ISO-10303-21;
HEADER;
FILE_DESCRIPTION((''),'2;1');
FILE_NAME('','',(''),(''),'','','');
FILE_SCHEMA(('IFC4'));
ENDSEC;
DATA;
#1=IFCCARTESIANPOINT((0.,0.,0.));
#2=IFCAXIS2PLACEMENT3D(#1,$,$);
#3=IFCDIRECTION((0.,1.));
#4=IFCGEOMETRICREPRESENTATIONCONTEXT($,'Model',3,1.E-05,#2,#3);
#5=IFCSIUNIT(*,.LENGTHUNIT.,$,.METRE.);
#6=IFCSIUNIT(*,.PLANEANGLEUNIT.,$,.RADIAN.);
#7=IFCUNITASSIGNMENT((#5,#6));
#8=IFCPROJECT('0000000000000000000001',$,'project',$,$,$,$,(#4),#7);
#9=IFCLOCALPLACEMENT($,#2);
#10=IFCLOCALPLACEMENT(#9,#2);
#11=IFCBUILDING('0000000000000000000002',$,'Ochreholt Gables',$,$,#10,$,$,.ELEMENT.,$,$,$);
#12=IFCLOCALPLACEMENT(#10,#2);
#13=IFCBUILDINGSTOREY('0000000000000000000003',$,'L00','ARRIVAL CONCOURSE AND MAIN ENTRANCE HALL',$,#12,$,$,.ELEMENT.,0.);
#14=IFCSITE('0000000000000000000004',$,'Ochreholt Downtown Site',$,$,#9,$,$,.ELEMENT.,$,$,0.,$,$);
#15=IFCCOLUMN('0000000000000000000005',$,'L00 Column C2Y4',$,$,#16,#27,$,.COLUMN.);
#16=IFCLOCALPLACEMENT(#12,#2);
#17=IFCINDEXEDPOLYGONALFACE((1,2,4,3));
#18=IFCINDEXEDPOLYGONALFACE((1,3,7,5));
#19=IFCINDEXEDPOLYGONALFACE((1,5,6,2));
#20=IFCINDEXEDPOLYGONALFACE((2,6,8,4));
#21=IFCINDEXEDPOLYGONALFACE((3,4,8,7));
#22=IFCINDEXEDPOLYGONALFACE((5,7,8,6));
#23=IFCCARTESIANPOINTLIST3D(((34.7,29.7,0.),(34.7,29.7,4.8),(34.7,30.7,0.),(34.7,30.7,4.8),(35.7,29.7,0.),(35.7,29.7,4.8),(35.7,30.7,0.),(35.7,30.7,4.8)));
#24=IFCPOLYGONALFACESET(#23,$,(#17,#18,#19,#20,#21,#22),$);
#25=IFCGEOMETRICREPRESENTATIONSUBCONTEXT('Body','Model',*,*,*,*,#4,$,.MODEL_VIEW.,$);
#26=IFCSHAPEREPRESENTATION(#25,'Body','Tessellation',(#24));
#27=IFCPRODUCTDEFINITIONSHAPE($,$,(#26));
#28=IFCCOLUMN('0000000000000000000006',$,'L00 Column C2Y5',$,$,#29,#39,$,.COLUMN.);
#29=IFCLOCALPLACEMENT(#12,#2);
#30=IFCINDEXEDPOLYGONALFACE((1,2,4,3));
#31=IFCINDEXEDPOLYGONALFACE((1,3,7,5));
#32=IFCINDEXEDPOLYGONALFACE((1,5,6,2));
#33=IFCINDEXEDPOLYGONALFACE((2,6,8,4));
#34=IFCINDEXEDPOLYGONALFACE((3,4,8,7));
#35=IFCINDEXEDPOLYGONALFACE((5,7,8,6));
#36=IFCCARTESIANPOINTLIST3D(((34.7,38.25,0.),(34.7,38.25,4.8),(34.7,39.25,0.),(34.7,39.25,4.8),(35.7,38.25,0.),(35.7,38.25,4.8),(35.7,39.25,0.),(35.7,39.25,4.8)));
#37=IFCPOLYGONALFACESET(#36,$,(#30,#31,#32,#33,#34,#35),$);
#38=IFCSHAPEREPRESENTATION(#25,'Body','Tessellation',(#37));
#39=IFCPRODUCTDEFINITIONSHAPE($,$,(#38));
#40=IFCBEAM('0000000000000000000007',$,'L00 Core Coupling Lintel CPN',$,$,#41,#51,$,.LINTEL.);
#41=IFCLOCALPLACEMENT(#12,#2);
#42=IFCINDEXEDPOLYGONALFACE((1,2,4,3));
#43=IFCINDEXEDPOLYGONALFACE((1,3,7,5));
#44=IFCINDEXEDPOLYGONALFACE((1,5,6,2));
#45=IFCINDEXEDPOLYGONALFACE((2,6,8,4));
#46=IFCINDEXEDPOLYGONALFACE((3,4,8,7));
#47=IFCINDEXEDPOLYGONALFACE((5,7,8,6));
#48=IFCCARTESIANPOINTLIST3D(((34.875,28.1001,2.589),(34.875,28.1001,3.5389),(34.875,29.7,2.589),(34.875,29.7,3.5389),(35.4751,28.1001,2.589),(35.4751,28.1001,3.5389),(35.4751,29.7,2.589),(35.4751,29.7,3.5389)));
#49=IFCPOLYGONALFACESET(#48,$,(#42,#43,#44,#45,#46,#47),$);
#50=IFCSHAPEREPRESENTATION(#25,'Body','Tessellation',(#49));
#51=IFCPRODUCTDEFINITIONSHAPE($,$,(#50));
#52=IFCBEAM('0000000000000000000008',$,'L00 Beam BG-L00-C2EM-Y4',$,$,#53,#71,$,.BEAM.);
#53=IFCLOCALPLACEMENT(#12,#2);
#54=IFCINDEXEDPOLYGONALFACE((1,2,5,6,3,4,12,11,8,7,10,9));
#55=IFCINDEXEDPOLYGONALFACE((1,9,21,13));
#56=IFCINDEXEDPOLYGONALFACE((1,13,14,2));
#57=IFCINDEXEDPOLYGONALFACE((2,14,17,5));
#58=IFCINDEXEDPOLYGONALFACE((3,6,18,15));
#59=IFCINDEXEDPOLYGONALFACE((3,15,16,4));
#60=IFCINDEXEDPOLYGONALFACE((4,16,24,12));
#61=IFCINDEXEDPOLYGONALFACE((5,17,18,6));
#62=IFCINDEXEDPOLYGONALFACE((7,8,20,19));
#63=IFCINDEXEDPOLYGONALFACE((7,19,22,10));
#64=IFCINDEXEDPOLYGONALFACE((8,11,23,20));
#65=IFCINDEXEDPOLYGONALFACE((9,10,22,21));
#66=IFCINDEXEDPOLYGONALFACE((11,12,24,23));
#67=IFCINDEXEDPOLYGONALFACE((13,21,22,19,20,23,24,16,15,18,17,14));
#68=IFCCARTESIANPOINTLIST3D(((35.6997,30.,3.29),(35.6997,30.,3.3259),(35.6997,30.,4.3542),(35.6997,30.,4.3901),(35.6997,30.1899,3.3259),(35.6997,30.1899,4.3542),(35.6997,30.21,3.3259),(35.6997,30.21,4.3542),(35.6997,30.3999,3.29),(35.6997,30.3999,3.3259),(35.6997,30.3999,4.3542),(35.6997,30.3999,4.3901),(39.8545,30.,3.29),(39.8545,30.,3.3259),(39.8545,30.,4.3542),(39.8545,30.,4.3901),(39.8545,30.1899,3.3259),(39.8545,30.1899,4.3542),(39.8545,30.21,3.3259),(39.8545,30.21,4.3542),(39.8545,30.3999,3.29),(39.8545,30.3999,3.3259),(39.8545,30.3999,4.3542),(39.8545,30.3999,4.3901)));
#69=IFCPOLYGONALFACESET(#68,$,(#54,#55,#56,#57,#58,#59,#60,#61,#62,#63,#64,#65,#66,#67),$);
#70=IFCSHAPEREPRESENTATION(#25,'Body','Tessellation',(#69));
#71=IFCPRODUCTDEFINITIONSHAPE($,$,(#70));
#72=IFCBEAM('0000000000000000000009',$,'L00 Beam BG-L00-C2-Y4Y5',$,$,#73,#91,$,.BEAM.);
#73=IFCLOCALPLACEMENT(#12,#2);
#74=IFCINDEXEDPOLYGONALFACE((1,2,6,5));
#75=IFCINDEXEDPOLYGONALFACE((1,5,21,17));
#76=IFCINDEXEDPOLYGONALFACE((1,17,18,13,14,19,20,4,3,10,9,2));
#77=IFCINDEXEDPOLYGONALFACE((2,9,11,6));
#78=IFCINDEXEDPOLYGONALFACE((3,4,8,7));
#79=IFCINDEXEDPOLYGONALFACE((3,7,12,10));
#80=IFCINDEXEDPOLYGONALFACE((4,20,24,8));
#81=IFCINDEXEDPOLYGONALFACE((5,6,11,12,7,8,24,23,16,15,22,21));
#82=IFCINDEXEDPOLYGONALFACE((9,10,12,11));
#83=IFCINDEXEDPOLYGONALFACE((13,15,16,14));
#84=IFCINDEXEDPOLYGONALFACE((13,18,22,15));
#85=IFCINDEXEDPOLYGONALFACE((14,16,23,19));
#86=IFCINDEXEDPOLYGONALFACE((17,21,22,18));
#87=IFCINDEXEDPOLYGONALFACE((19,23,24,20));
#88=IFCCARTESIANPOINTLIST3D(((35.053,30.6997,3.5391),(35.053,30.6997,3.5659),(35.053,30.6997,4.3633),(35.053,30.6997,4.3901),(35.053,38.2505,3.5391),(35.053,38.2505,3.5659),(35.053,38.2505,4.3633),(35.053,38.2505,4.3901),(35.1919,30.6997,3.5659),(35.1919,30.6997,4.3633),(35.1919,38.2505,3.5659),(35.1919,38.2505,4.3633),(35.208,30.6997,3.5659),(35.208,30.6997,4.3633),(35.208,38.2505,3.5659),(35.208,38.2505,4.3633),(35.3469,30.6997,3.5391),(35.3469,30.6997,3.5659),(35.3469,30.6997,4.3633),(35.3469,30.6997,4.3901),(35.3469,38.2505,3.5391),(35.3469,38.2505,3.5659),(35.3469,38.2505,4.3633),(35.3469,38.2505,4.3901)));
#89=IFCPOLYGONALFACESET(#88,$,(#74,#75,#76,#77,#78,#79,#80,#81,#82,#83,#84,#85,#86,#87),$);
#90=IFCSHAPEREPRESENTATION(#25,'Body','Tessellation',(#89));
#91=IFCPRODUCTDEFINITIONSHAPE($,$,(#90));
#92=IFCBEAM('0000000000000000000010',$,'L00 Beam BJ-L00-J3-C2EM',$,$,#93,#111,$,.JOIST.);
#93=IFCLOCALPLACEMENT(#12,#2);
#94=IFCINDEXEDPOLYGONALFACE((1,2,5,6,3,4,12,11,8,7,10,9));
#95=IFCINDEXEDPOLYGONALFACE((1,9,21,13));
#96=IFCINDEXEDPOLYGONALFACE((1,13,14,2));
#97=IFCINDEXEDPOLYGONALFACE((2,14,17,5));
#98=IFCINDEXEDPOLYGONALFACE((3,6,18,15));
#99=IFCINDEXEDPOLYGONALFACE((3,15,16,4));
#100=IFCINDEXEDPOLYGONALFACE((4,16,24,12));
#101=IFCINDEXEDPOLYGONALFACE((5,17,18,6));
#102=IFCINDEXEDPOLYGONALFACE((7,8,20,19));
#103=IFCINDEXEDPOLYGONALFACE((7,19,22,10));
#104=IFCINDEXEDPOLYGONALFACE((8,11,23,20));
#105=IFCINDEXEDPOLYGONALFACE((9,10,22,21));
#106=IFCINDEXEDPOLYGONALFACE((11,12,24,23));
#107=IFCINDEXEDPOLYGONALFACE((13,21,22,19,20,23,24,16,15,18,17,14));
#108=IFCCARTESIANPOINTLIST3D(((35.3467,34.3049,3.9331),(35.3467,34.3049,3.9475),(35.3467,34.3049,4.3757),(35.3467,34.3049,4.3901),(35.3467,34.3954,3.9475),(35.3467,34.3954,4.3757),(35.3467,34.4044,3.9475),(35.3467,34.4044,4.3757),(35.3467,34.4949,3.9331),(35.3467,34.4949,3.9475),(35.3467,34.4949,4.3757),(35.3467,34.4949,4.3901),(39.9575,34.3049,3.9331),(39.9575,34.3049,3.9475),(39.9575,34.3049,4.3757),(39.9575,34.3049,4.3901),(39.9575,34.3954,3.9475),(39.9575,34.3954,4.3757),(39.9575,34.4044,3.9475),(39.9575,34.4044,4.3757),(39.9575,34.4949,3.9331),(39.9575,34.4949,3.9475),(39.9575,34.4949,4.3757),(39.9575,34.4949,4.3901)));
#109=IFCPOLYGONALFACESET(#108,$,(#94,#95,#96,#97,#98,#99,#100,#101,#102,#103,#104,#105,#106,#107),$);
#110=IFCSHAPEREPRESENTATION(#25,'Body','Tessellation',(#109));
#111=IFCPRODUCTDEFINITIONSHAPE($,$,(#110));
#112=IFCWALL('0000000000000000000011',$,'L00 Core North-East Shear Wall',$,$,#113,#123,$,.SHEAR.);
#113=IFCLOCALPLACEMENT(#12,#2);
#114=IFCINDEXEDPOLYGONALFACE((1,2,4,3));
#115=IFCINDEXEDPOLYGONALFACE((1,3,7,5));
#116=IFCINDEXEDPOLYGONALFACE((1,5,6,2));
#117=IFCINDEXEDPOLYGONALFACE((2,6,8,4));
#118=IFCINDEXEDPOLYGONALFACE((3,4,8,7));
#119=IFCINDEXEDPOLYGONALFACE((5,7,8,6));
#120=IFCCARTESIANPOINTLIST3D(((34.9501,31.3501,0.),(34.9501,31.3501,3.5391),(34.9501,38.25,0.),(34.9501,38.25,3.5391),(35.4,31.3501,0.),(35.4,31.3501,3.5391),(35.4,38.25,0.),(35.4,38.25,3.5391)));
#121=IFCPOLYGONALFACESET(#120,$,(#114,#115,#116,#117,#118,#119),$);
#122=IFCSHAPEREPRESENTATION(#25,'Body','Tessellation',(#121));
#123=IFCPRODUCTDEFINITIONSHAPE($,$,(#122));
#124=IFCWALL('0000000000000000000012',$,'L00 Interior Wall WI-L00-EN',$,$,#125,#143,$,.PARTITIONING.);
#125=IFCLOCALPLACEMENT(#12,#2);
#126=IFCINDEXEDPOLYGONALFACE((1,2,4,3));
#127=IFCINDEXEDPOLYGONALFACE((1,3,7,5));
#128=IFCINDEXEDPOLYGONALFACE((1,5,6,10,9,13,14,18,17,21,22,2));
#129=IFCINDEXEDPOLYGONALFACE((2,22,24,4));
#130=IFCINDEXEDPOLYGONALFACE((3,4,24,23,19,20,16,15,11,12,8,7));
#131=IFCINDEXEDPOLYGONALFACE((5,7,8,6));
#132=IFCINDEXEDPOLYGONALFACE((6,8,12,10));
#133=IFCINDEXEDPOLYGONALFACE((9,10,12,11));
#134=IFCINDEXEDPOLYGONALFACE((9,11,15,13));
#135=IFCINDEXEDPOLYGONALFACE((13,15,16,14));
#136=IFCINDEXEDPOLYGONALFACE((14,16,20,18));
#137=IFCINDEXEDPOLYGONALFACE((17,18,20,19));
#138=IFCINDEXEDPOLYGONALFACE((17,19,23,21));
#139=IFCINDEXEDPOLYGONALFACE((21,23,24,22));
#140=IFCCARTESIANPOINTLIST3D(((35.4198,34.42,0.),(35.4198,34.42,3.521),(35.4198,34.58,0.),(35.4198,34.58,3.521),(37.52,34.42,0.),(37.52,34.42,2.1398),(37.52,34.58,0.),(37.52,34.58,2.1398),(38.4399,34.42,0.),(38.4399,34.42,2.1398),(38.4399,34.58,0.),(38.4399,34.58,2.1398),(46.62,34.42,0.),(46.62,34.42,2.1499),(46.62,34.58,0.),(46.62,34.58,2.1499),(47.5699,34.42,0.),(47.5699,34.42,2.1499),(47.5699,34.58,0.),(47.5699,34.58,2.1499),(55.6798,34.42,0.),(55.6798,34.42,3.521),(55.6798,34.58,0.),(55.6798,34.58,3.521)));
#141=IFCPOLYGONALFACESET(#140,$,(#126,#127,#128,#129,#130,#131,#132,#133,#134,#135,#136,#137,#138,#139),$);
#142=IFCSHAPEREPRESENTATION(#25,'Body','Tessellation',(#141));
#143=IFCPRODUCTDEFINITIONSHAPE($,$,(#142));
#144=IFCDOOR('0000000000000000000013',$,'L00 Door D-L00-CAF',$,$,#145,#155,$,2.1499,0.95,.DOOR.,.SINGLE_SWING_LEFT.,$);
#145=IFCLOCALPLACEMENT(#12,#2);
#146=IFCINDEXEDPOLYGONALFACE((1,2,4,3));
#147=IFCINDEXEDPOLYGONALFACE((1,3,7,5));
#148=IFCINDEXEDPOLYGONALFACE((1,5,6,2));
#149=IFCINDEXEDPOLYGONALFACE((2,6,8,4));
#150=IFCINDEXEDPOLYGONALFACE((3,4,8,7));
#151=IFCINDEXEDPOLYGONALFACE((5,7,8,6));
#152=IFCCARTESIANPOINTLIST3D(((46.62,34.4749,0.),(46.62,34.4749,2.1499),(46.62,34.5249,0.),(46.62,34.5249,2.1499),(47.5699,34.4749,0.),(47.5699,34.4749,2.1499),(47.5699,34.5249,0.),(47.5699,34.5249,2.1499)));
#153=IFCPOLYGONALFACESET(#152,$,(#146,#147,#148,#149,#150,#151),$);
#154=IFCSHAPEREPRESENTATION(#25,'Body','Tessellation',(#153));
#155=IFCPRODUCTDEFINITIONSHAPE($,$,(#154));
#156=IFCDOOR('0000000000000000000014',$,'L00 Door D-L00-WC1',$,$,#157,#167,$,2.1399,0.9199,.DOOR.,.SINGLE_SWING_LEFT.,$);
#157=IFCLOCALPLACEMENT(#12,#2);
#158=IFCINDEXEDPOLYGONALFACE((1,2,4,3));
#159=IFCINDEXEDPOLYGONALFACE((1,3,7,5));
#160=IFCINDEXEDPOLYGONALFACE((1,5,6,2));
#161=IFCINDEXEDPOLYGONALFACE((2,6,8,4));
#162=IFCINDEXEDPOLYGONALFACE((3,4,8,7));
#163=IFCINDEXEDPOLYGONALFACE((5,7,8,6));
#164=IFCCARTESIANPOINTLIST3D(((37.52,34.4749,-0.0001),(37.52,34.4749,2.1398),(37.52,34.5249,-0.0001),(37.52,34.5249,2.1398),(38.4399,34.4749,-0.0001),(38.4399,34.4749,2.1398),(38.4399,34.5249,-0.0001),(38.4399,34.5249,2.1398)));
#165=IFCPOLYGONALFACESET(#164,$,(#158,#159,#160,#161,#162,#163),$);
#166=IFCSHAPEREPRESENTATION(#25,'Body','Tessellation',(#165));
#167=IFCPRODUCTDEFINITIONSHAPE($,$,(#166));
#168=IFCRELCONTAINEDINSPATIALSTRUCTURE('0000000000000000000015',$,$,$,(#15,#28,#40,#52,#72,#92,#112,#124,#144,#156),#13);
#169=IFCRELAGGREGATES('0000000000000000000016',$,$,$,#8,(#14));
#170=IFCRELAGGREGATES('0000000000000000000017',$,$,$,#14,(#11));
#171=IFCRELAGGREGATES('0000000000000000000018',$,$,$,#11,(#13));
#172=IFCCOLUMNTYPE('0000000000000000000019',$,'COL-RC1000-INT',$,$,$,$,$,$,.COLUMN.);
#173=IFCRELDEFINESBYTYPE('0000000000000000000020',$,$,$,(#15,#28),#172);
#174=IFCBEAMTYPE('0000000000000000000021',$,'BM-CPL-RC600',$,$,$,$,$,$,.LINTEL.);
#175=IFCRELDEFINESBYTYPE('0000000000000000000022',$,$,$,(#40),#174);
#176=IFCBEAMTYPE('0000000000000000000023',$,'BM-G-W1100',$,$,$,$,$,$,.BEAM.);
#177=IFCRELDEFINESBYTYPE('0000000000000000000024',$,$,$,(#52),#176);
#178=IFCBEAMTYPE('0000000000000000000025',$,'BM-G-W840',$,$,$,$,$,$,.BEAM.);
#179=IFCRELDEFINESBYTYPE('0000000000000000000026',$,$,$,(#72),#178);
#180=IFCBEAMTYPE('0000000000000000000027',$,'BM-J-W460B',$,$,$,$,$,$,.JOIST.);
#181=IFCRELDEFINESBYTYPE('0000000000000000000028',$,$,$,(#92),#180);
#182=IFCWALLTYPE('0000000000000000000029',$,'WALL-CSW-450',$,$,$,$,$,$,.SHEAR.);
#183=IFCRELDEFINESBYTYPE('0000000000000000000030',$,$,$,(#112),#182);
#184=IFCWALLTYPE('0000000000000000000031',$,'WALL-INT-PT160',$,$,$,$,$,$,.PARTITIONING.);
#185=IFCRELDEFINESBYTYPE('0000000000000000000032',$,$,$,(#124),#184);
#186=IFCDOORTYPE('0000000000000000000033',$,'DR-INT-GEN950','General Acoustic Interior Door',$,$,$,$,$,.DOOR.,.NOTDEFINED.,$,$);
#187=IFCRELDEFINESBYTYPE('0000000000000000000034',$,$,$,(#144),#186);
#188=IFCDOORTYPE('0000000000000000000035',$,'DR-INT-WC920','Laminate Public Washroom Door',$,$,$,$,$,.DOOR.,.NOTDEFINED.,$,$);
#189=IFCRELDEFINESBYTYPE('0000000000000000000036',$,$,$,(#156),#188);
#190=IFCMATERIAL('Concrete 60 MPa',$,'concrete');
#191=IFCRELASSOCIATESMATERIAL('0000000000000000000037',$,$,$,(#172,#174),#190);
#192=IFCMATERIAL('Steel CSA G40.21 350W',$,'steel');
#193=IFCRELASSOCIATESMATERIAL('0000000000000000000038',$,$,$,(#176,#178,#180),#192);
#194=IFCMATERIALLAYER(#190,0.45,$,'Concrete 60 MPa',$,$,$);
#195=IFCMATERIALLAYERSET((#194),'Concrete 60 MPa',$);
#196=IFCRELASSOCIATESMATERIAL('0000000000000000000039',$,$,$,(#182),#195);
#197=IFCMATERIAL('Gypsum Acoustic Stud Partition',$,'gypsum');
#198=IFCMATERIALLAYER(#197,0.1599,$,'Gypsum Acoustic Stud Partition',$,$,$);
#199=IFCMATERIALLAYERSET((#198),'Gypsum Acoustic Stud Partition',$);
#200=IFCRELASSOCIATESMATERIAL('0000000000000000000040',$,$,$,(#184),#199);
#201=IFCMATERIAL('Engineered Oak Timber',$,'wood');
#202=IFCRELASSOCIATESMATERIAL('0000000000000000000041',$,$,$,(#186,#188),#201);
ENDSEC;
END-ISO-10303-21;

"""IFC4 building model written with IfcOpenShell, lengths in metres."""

from ifc_helpers import new_model, si_unit, direction, frame, frame_2d, origin, origin_2d, place, context, subcontext, project, spatial, rectangle, i_section, extrude, material, layer, layer_set, material_profile, profile_set, type_object, element, fill, save


model = new_model("IFC4")

# Units and contexts
model_context = context("Model", 3, precision=1e-05, world=origin(), true_north=direction((0.0, 1.0)))
body_context = subcontext(model_context, "Body", "Model", "MODEL_VIEW")
ifc_project = project(units=[si_unit("LENGTHUNIT", "METRE"), si_unit("PLANEANGLEUNIT", "RADIAN")], contexts=[model_context])

# Site, building, storey
site_placement = place(None, origin())
site = spatial("IfcSite", under=ifc_project, at=site_placement, Name="Ochreholt Downtown Site", CompositionType="ELEMENT", RefElevation=0.0)
building_placement = place(site_placement, origin())
building = spatial("IfcBuilding", under=site, at=building_placement, Name="Ochreholt Gables", CompositionType="ELEMENT")
storey_placement = place(building_placement, origin())
storey = spatial("IfcBuildingStorey", under=building, at=storey_placement, Name="L00", Description="ARRIVAL CONCOURSE AND MAIN ENTRANCE HALL", CompositionType="ELEMENT", Elevation=0.0)

# Columns
ifc_material_1 = material(Name="Concrete 60 MPa", Category="concrete")
ifc_material_profile_1 = material_profile(ifc_material_1, rectangle(XDim=1.0, YDim=1.0, at=origin_2d()), Name="RC1000X1000")
ifc_profile_set_1 = profile_set([ifc_material_profile_1], Name="Concrete 60 MPa")
column_type = type_object("IfcColumnType", Name="COL-RC1000-INT", PredefinedType="COLUMN", material=ifc_profile_set_1)
for number, where, z_axis, x_axis, name in (
    (1, (35.2, 30.2, 0.0), (0.0, 0.0, 1.0), (1.0, 0.0, 0.0), "L00 Column C2Y4"),
    (2, (35.2, 38.75, 0.0), (0.0, 0.0, 1.0), (1.0, 0.0, 0.0), "L00 Column C2Y5"),
):
    element("IfcColumn", number, at=place(storey_placement, frame(where, z_axis=z_axis, x_axis=x_axis)), inside=storey, type_object=column_type, Name=name, PredefinedType="COLUMN", context=body_context, shape_type="SweptSolid", body=[
        extrude(rectangle(XDim=1.0, YDim=1.0, at=origin_2d()), origin(), (0.0, 0.0, 1.0), 4.8),
    ])

# Beams
ifc_material_profile_2 = material_profile(ifc_material_1, rectangle(XDim=0.6001, YDim=0.95, at=origin_2d()), Name="RCB600X950")
ifc_profile_set_2 = profile_set([ifc_material_profile_2], Name="Concrete 60 MPa")
beam_type_1 = type_object("IfcBeamType", Name="BM-CPL-RC600", PredefinedType="LINTEL", material=ifc_profile_set_2)
beam_1_placement = place(storey_placement, frame((35.175, 28.1001, 3.064), z_axis=(0.0, 1.0, 0.0), x_axis=(-1.0, 0.0, 0.0)))
element("IfcBeam", 3, at=beam_1_placement, inside=storey, type_object=beam_type_1, Name="L00 Core Coupling Lintel CPN", PredefinedType="LINTEL", context=body_context, shape_type="SweptSolid", body=[
    extrude(rectangle(XDim=0.6001, YDim=0.95, at=origin_2d()), origin(), (0.0, 0.0, 1.0), 1.5999),
])
ifc_material_2 = material(Name="Steel CSA G40.21 350W", Category="steel")
ifc_material_profile_3 = material_profile(ifc_material_2, i_section(OverallWidth=0.3999, OverallDepth=1.1001, WebThickness=0.02, FlangeThickness=0.0359, at=origin_2d()), Name="W1100X390")
ifc_profile_set_3 = profile_set([ifc_material_profile_3], Name="Steel CSA G40.21 350W")
beam_type_2 = type_object("IfcBeamType", Name="BM-G-W1100", PredefinedType="BEAM", material=ifc_profile_set_3)
beam_2_placement = place(storey_placement, frame((35.6997, 30.2, 3.8401), z_axis=(1.0, 0.0, 0.0), x_axis=(0.0, 1.0, 0.0)))
element("IfcBeam", 4, at=beam_2_placement, inside=storey, type_object=beam_type_2, Name="L00 Beam BG-L00-C2EM-Y4", PredefinedType="BEAM", context=body_context, shape_type="SweptSolid", body=[
    extrude(i_section(OverallWidth=0.3999, OverallDepth=1.1001, WebThickness=0.02, FlangeThickness=0.0359, at=origin_2d()), origin(), (0.0, 0.0, 1.0), 4.1548),
])
ifc_material_profile_4 = material_profile(ifc_material_2, i_section(OverallWidth=0.2939, OverallDepth=0.8511, WebThickness=0.0161, FlangeThickness=0.0269, at=origin_2d()), Name="W840X226")
ifc_profile_set_4 = profile_set([ifc_material_profile_4], Name="Steel CSA G40.21 350W")
beam_type_3 = type_object("IfcBeamType", Name="BM-G-W840", PredefinedType="BEAM", material=ifc_profile_set_4)
beam_3_placement = place(storey_placement, frame((35.2, 30.6997, 3.9646), z_axis=(0.0, 1.0, 0.0), x_axis=(-1.0, 0.0, 0.0)))
element("IfcBeam", 5, at=beam_3_placement, inside=storey, type_object=beam_type_3, Name="L00 Beam BG-L00-C2-Y4Y5", PredefinedType="BEAM", context=body_context, shape_type="SweptSolid", body=[
    extrude(i_section(OverallWidth=0.2939, OverallDepth=0.8511, WebThickness=0.0161, FlangeThickness=0.0269, at=origin_2d()), origin(), (0.0, 0.0, 1.0), 7.5508),
])
ifc_material_profile_5 = material_profile(ifc_material_2, i_section(OverallWidth=0.1899, OverallDepth=0.457, WebThickness=0.009, FlangeThickness=0.0144, at=origin_2d()), Name="W460X74")
ifc_profile_set_5 = profile_set([ifc_material_profile_5], Name="Steel CSA G40.21 350W")
beam_type_4 = type_object("IfcBeamType", Name="BM-J-W460B", PredefinedType="JOIST", material=ifc_profile_set_5)
beam_4_placement = place(storey_placement, frame((35.3467, 34.3999, 4.1616), z_axis=(1.0, 0.0, 0.0), x_axis=(0.0, 1.0, 0.0)))
element("IfcBeam", 6, at=beam_4_placement, inside=storey, type_object=beam_type_4, Name="L00 Beam BJ-L00-J3-C2EM", PredefinedType="JOIST", context=body_context, shape_type="SweptSolid", body=[
    extrude(i_section(OverallWidth=0.1899, OverallDepth=0.457, WebThickness=0.009, FlangeThickness=0.0144, at=origin_2d()), origin(), (0.0, 0.0, 1.0), 4.6108),
])

# Wall
ifc_layer_1 = layer(ifc_material_1, 0.45, Name="Concrete 60 MPa")
ifc_layer_set_1 = layer_set([ifc_layer_1], Name="Concrete 60 MPa")
wall_type_1 = type_object("IfcWallType", Name="WALL-CSW-450", PredefinedType="SHEAR", material=ifc_layer_set_1)
wall_1_placement = place(storey_placement, frame((35.175, 31.3501, 0.0), z_axis=(0.0, 0.0, 1.0), x_axis=(0.0, 1.0, 0.0)))
element("IfcWall", 7, at=wall_1_placement, inside=storey, type_object=wall_type_1, Name="L00 Core North-East Shear Wall", PredefinedType="SHEAR", context=body_context, shape_type="SweptSolid", body=[
    extrude(rectangle(XDim=6.8999, YDim=0.45, at=frame_2d((3.45, 0.0))), origin(), (0.0, 0.0, 1.0), 3.5391),
])

# Wall, openings, doors
ifc_material_3 = material(Name="Gypsum Acoustic Stud Partition", Category="gypsum")
ifc_layer_2 = layer(ifc_material_3, 0.1599, Name="Gypsum Acoustic Stud Partition")
ifc_layer_set_2 = layer_set([ifc_layer_2], Name="Gypsum Acoustic Stud Partition")
wall_type_2 = type_object("IfcWallType", Name="WALL-INT-PT160", PredefinedType="PARTITIONING", material=ifc_layer_set_2)
wall_2_placement = place(storey_placement, frame((35.4199, 34.5, 0.0), z_axis=(0.0, 0.0, 1.0), x_axis=(1.0, 0.0, 0.0)))
wall_2 = element("IfcWall", 8, at=wall_2_placement, inside=storey, type_object=wall_type_2, Name="L00 Interior Wall WI-L00-EN", PredefinedType="PARTITIONING", context=body_context, shape_type="SweptSolid", body=[
    extrude(rectangle(XDim=20.26, YDim=0.1599, at=frame_2d((10.1299, 0.0))), origin(), (0.0, 0.0, 1.0), 3.521),
])
opening_1_placement = place(wall_2_placement, frame((2.1001, 0.0, 0.0)))
opening_1 = element("IfcOpeningElement", 9, at=opening_1_placement, cuts=wall_2, PredefinedType="OPENING", context=body_context, shape_type="SweptSolid", body=[
    extrude(rectangle(XDim=0.9199, YDim=2.1399, at=frame_2d((0.46, 1.0698))), frame((0.0, 0.0898, 0.0), z_axis=(0.0, -1.0, 0.0), x_axis=(1.0, 0.0, 0.0)), (0.0, 0.0, 1.0), 0.1799),
])
opening_2_placement = place(wall_2_placement, frame((11.2, 0.0, 0.0)))
opening_2 = element("IfcOpeningElement", 10, at=opening_2_placement, cuts=wall_2, PredefinedType="OPENING", context=body_context, shape_type="SweptSolid", body=[
    extrude(rectangle(XDim=0.95, YDim=2.1499, at=frame_2d((0.4751, 1.075))), frame((0.0, 0.0898, 0.0), z_axis=(0.0, -1.0, 0.0), x_axis=(1.0, 0.0, 0.0)), (0.0, 0.0, 1.0), 0.1799),
])
ifc_material_4 = material(Name="Engineered Oak Timber", Category="wood")
door_type_1 = type_object("IfcDoorType", Name="DR-INT-GEN950", Description="General Acoustic Interior Door", OperationType="NOTDEFINED", PredefinedType="DOOR", material=ifc_material_4)
door_1_placement = place(opening_2_placement, origin())
door_1 = element("IfcDoor", 11, at=door_1_placement, inside=storey, type_object=door_type_1, Name="L00 Door D-L00-CAF", OperationType="SINGLE_SWING_LEFT", OverallHeight=2.1499, OverallWidth=0.95, PredefinedType="DOOR", context=body_context, shape_type="SweptSolid", body=[
    extrude(rectangle(XDim=0.95, YDim=2.1499, at=frame_2d((0.4751, 1.075))), frame((0.0, 0.0249, 0.0), z_axis=(0.0, -1.0, 0.0), x_axis=(1.0, 0.0, 0.0)), (0.0, 0.0, 1.0), 0.05),
])
fill(opening_2, door_1)
door_type_2 = type_object("IfcDoorType", Name="DR-INT-WC920", Description="Laminate Public Washroom Door", OperationType="NOTDEFINED", PredefinedType="DOOR", material=ifc_material_4)
door_2_placement = place(opening_1_placement, origin())
door_2 = element("IfcDoor", 12, at=door_2_placement, inside=storey, type_object=door_type_2, Name="L00 Door D-L00-WC1", OperationType="SINGLE_SWING_LEFT", OverallHeight=2.1399, OverallWidth=0.9199, PredefinedType="DOOR", context=body_context, shape_type="SweptSolid", body=[
    extrude(rectangle(XDim=0.9199, YDim=2.1399, at=frame_2d((0.46, 1.0698))), frame((0.0, 0.0249, 0.0), z_axis=(0.0, -1.0, 0.0), x_axis=(1.0, 0.0, 0.0)), (0.0, 0.0, 1.0), 0.05),
])
fill(opening_1, door_2)

save(model, "model.ifc")
